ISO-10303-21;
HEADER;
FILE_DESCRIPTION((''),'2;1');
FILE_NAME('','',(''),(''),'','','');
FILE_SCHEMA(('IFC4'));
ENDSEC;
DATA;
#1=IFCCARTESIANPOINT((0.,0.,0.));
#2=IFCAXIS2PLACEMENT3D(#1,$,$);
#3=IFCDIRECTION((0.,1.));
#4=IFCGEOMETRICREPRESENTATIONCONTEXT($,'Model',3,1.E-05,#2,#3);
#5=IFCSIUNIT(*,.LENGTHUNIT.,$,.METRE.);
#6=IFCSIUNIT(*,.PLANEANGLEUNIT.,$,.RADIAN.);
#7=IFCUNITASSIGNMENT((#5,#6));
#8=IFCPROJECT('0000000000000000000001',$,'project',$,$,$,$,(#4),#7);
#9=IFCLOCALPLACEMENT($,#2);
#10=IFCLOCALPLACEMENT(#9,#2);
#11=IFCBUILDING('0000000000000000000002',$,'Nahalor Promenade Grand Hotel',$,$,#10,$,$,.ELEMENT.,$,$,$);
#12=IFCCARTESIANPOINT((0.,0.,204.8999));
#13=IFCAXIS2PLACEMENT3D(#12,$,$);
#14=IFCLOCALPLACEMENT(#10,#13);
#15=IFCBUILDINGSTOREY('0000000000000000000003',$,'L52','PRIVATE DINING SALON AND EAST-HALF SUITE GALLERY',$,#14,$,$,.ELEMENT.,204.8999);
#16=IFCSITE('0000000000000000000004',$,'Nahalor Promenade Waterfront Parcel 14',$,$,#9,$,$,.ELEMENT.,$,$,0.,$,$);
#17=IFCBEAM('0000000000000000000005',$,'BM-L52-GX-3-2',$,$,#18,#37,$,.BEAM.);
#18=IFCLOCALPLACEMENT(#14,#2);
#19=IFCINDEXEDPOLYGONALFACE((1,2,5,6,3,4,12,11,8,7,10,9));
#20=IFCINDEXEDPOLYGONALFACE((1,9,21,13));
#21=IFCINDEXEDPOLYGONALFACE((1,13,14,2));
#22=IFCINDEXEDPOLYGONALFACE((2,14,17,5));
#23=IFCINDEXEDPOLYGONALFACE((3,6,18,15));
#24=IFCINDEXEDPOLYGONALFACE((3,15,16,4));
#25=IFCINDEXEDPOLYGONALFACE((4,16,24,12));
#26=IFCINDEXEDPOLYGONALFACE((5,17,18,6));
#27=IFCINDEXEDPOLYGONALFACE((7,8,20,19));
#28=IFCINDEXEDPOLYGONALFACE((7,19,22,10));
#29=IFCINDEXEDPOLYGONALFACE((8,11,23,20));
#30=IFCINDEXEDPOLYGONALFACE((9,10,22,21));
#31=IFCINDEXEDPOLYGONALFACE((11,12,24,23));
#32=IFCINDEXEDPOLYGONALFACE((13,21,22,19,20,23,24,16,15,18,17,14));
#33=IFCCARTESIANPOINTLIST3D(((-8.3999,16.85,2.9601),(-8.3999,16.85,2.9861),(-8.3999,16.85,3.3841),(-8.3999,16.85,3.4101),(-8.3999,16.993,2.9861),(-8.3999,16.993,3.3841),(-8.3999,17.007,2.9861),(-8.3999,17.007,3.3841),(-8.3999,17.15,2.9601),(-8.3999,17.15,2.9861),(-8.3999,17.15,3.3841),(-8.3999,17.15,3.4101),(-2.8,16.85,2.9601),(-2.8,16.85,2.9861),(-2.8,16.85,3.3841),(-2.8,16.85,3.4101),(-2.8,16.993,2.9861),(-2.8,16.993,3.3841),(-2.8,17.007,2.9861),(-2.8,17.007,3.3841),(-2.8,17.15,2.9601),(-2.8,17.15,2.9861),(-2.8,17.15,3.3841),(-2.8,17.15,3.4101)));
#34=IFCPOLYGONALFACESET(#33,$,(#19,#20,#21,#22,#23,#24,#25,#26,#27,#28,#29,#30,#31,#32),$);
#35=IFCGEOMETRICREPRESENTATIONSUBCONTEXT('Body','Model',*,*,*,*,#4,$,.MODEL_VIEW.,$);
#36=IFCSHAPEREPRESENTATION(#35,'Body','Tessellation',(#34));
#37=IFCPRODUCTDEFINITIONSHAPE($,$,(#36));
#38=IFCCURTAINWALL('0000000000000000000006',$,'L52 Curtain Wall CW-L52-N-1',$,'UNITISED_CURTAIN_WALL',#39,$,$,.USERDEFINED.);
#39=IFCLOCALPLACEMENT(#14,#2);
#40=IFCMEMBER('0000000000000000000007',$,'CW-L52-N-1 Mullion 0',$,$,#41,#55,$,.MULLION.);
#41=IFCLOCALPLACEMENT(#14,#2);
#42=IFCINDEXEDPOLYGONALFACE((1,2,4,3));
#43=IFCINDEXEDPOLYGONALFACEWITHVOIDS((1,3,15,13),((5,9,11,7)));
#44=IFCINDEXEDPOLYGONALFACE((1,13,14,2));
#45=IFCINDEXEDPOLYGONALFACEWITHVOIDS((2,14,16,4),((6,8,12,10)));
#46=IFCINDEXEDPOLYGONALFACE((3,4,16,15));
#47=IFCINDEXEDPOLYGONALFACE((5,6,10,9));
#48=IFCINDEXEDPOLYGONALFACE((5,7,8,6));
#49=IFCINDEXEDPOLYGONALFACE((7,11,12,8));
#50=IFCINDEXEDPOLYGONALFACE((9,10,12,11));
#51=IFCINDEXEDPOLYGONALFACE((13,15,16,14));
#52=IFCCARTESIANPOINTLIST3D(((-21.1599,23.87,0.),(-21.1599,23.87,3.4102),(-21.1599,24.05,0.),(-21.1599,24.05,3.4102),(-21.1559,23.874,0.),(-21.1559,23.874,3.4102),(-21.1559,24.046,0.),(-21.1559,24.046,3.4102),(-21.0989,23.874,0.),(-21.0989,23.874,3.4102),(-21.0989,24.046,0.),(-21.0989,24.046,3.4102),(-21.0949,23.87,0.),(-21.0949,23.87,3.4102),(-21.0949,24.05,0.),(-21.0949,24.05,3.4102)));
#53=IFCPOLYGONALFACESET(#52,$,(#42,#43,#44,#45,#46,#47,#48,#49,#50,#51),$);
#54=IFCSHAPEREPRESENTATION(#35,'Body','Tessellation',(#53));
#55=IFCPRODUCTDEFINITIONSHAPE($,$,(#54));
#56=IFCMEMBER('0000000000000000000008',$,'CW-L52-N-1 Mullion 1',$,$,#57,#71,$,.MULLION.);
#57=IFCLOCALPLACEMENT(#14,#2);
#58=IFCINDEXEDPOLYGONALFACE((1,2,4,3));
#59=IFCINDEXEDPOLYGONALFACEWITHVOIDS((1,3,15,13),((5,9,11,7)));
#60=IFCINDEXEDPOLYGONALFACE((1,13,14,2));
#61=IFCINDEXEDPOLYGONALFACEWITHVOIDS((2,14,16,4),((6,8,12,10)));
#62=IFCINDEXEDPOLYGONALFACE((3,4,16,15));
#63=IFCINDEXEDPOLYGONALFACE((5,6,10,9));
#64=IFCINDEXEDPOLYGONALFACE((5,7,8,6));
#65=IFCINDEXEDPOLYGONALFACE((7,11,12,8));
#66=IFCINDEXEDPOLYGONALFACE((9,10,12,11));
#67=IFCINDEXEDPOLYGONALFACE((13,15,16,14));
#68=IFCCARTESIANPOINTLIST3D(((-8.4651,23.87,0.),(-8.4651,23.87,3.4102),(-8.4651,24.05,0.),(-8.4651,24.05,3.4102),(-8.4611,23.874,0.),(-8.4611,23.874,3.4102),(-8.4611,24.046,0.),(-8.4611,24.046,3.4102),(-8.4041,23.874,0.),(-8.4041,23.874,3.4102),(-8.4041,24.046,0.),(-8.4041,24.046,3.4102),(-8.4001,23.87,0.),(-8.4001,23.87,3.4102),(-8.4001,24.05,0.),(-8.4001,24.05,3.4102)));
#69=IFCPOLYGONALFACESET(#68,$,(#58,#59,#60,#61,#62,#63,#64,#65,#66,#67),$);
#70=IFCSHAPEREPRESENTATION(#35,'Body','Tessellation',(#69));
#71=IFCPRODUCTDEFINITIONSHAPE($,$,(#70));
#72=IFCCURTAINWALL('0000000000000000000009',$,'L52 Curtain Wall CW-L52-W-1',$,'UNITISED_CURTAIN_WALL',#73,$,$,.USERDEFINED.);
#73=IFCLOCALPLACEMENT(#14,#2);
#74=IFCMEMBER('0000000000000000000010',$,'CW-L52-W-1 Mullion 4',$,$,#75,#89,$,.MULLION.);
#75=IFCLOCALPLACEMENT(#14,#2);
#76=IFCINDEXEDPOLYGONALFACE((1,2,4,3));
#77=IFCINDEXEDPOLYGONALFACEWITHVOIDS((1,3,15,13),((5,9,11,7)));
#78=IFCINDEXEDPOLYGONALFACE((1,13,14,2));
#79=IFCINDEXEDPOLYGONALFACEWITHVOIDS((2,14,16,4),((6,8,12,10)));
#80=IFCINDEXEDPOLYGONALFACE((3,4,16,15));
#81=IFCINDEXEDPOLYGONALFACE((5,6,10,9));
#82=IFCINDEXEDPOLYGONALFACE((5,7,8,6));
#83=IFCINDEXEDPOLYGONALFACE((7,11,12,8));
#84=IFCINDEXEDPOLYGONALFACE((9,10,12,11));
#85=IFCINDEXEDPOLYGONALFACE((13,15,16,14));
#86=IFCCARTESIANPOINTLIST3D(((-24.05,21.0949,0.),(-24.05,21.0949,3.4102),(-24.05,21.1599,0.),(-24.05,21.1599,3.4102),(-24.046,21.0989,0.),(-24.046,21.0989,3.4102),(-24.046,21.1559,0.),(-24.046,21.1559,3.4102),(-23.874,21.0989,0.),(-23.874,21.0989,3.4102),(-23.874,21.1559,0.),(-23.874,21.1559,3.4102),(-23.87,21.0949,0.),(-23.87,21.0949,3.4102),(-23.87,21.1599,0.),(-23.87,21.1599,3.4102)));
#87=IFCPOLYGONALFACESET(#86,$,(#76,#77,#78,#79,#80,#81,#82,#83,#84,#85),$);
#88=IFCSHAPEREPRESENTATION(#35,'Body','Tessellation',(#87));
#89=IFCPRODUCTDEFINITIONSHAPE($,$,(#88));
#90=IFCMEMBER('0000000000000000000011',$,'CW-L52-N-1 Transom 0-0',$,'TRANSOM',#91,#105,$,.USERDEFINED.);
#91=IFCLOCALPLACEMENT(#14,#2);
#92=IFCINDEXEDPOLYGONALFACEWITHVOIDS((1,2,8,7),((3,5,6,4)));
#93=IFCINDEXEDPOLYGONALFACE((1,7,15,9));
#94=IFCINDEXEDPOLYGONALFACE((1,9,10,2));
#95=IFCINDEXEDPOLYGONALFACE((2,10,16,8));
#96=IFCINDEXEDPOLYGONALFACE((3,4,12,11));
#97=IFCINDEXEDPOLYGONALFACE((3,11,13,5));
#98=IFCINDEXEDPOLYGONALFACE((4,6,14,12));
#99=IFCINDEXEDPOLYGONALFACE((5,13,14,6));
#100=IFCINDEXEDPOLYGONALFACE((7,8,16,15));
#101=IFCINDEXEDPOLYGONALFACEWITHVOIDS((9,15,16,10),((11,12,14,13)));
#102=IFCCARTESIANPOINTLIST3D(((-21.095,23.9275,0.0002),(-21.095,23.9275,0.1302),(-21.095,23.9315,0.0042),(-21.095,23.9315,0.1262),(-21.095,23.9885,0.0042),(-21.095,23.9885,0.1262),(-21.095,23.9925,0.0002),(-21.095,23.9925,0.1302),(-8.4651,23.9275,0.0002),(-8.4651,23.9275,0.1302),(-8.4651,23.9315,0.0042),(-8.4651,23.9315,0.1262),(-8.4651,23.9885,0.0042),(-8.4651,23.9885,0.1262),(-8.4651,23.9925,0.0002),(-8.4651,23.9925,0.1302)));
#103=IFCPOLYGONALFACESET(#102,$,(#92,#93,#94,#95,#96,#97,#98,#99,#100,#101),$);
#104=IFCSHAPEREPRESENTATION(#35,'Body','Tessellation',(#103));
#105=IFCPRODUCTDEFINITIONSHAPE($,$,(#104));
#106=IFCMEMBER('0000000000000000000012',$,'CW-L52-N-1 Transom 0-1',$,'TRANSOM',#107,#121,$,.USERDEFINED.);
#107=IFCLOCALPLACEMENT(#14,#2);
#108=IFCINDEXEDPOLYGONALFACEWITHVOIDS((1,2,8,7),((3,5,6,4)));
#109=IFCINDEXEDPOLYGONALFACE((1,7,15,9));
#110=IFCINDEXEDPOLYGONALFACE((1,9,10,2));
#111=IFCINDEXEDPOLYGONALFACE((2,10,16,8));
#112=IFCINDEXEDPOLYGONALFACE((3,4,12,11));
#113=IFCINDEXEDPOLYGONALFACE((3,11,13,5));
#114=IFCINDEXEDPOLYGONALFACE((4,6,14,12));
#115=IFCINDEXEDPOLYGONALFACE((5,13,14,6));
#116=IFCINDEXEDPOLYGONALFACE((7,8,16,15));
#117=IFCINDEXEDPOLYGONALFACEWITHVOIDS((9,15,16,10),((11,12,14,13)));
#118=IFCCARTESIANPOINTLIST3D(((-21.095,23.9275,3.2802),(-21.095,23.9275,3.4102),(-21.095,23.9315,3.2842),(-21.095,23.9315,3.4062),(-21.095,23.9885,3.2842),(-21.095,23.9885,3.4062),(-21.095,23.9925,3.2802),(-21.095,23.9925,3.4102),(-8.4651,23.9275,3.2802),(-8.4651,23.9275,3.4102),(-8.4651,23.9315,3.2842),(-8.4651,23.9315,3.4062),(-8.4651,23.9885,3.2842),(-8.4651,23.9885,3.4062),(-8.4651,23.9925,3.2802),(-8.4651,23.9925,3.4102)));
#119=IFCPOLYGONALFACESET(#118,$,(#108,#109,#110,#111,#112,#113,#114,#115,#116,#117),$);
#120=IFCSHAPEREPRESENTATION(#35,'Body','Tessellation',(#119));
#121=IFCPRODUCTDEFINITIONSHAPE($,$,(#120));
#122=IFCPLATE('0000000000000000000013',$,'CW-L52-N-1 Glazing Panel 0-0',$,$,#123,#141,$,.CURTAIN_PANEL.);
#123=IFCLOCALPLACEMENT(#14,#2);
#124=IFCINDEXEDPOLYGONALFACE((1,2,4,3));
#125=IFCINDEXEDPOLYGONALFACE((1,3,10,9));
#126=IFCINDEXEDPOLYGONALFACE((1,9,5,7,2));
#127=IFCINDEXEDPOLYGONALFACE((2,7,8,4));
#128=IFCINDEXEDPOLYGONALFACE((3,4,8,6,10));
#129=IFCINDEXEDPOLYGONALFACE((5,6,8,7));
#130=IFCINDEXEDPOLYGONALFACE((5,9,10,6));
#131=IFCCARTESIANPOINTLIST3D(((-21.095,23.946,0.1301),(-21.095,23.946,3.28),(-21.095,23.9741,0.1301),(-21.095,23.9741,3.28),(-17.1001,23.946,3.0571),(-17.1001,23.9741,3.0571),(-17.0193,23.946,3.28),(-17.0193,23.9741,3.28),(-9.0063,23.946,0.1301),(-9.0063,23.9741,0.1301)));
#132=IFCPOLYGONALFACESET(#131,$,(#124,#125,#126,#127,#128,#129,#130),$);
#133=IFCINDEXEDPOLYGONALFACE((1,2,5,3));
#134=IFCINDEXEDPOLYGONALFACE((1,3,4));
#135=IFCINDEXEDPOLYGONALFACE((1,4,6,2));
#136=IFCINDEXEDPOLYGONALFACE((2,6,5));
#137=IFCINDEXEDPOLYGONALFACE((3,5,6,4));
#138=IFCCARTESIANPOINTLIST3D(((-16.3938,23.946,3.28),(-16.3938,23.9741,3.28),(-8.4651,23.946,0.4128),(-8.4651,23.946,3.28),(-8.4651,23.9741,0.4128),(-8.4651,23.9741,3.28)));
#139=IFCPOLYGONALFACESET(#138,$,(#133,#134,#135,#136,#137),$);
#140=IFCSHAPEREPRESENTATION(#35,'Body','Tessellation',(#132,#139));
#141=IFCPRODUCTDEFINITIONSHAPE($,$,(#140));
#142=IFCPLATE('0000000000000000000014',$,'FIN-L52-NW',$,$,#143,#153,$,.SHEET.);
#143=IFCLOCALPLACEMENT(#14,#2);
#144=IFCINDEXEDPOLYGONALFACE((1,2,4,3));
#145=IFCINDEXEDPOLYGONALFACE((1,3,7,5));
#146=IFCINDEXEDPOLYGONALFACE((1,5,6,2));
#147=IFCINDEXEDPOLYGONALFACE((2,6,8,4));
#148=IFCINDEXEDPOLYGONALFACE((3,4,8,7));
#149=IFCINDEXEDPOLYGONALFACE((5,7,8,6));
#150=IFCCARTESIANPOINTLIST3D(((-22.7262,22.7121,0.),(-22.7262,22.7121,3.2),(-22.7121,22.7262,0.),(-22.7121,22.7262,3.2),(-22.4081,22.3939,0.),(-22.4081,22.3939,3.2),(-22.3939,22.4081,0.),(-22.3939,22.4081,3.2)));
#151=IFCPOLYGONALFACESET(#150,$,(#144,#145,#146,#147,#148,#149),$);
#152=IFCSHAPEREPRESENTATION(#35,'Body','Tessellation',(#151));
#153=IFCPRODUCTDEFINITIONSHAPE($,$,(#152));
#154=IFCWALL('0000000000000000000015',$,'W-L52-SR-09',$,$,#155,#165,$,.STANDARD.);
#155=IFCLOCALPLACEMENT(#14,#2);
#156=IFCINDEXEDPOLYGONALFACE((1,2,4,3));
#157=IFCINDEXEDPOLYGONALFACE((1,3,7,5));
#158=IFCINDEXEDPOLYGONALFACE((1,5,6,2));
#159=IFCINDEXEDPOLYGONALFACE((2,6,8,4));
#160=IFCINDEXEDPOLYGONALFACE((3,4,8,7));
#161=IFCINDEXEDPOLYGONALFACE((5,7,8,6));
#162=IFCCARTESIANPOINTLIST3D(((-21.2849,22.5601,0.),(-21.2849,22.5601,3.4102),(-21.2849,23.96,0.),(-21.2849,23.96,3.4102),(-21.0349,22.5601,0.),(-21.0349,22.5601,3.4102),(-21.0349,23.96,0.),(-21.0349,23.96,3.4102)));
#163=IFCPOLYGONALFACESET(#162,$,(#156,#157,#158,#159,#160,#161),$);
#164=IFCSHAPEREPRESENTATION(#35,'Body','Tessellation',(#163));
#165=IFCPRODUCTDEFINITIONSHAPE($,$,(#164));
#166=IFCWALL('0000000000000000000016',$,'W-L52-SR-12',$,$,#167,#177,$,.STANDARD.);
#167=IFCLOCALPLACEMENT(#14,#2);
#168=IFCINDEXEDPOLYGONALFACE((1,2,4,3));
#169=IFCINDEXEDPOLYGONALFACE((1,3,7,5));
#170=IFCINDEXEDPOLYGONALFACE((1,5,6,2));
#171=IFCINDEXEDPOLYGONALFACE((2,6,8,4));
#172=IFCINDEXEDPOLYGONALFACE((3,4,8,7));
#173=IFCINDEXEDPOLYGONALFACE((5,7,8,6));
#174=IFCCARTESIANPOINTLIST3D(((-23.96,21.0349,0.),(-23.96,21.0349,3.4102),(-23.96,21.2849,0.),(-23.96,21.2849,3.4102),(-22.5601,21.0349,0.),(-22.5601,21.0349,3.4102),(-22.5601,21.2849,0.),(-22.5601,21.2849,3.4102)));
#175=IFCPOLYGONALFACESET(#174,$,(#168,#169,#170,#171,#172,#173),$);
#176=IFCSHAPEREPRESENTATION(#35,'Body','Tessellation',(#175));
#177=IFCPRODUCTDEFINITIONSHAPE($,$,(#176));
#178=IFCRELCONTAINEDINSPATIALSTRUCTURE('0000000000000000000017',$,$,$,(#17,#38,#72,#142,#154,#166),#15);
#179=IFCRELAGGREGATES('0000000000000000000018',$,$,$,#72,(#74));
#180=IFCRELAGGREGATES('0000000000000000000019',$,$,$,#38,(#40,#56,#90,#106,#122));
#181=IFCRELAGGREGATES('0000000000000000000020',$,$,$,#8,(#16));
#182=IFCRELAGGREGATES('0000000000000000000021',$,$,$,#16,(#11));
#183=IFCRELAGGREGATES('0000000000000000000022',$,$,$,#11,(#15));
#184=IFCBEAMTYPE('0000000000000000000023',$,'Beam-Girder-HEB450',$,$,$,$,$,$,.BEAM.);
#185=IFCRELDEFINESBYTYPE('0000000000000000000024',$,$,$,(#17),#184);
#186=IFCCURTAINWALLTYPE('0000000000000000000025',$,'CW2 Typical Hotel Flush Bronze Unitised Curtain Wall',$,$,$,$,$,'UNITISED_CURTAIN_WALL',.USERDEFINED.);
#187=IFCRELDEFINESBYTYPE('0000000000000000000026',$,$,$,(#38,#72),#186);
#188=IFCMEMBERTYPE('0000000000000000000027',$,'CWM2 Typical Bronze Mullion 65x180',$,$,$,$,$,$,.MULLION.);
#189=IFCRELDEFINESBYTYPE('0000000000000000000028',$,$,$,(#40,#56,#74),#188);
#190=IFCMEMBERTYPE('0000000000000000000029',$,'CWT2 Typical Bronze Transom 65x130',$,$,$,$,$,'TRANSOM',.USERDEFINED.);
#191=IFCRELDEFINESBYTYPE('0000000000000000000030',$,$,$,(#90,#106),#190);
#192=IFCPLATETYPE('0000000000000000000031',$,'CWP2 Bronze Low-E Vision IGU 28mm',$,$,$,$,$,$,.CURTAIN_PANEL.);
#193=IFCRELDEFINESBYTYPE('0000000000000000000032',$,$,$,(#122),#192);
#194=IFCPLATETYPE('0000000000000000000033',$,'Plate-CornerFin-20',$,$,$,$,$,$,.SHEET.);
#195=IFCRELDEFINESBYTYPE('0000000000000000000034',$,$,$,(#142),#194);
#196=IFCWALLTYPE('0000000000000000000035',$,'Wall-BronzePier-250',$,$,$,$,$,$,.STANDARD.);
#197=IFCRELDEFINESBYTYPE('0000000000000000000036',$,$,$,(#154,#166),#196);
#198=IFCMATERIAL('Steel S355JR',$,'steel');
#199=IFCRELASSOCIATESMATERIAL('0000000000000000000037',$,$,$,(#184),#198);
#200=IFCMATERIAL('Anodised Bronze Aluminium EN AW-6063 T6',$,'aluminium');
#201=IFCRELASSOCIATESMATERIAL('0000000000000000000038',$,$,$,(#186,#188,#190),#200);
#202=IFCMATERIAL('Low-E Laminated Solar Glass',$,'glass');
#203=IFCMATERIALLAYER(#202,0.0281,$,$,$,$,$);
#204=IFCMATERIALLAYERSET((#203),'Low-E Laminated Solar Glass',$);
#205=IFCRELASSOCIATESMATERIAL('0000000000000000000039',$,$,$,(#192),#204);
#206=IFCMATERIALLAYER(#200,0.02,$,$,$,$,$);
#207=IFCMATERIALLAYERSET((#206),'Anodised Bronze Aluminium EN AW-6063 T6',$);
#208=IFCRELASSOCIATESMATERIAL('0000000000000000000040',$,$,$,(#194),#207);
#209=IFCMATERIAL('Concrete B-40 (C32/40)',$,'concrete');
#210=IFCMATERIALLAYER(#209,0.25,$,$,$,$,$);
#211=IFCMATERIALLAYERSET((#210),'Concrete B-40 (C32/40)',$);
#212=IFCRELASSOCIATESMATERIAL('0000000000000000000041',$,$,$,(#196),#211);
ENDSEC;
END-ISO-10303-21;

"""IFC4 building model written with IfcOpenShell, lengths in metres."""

from ifc_helpers import new_model, si_unit, direction, frame, frame_2d, origin, origin_2d, place, context, subcontext, project, spatial, polyline, rectangle, hollow_rectangle, i_section, outline, extrude, source, transform, mapped, material, layer, layer_set, material_profile, profile_set, type_object, element, aggregate, save


model = new_model("IFC4")

# Units and contexts
model_context = context("Model", 3, precision=1e-05, world=origin(), true_north=direction((0.0, 1.0)))
body_context = subcontext(model_context, "Body", "Model", "MODEL_VIEW")
ifc_project = project(units=[si_unit("LENGTHUNIT", "METRE"), si_unit("PLANEANGLEUNIT", "RADIAN")], contexts=[model_context])

# Site, building, storey
site_placement = place(None, origin())
site = spatial("IfcSite", under=ifc_project, at=site_placement, Name="Nahalor Promenade Waterfront Parcel 14", CompositionType="ELEMENT", RefElevation=0.0)
building_placement = place(site_placement, origin())
building = spatial("IfcBuilding", under=site, at=building_placement, Name="Nahalor Promenade Grand Hotel", CompositionType="ELEMENT")
storey_placement = place(building_placement, frame((0.0, 0.0, 204.8999)))
storey = spatial("IfcBuildingStorey", under=building, at=storey_placement, Name="L52", Description="PRIVATE DINING SALON AND EAST-HALF SUITE GALLERY", CompositionType="ELEMENT", Elevation=204.8999)

# Shared definitions
ifc_material_1 = material(Name="Steel S355JR", Category="steel")

# Beam
ifc_material_profile_1 = material_profile(ifc_material_1, i_section(OverallWidth=0.3, OverallDepth=0.45, WebThickness=0.014, FlangeThickness=0.026, at=origin_2d()), Name="HEB 450")
ifc_profile_set_1 = profile_set([ifc_material_profile_1], Name="Steel S355JR")
beam_type_1 = type_object("IfcBeamType", Name="Beam-Girder-HEB450", PredefinedType="BEAM", material=ifc_profile_set_1)
shared_shape_1 = source(origin(), body_context, "Body", "SweptSolid", [
    extrude(i_section(OverallWidth=0.3, OverallDepth=0.45, WebThickness=0.014, FlangeThickness=0.026, at=origin_2d()), origin(), (0.0, 0.0, 1.0), 5.5999),
])
beam_1_placement = place(storey_placement, frame((-8.3999, 17.0, 3.1851), z_axis=(1.0, 0.0, 0.0), x_axis=(0.0, 1.0, 0.0)))
element("IfcBeam", 1, at=beam_1_placement, inside=storey, type_object=beam_type_1, Name="BM-L52-GX-3-2", PredefinedType="BEAM", context=body_context, shape_type="MappedRepresentation", body=[
    mapped(shared_shape_1, transform((0.0, 0.0, 0.0), scale=1.0)),
])

# Curtain wall, members
ifc_material_2 = material(Name="Anodised Bronze Aluminium EN AW-6063 T6", Category="aluminium")
curtain_wall_type = type_object("IfcCurtainWallType", Name="CW2 Typical Hotel Flush Bronze Unitised Curtain Wall", ElementType="UNITISED_CURTAIN_WALL", PredefinedType="USERDEFINED", material=ifc_material_2)
curtain_wall_1_placement = place(storey_placement, origin())
curtain_wall_1 = element("IfcCurtainWall", 2, at=curtain_wall_1_placement, inside=storey, type_object=curtain_wall_type, Name="L52 Curtain Wall CW-L52-N-1", ObjectType="UNITISED_CURTAIN_WALL", PredefinedType="USERDEFINED")
ifc_material_profile_2 = material_profile(ifc_material_2, hollow_rectangle(XDim=0.065, YDim=0.18, WallThickness=0.004, at=origin_2d()), Name="CWM 65x180x4")
ifc_profile_set_2 = profile_set([ifc_material_profile_2], Name="Anodised Bronze Aluminium EN AW-6063 T6")
member_type_1 = type_object("IfcMemberType", Name="CWM2 Typical Bronze Mullion 65x180", PredefinedType="MULLION", material=ifc_profile_set_2)
shared_shape_2 = source(origin(), body_context, "Body", "SweptSolid", [
    extrude(hollow_rectangle(XDim=0.065, YDim=0.18, WallThickness=0.004, at=origin_2d()), origin(), (0.0, 0.0, 1.0), 3.4102),
])
member_1_placement = place(storey_placement, frame((-21.1274, 23.96, 0.0), z_axis=(0.0, 0.0, 1.0), x_axis=(1.0, 0.0, 0.0)))
member_1 = element("IfcMember", 3, at=member_1_placement, type_object=member_type_1, Name="CW-L52-N-1 Mullion 0", PredefinedType="MULLION", context=body_context, shape_type="MappedRepresentation", body=[
    mapped(shared_shape_2, transform((0.0, 0.0, 0.0), scale=1.0)),
])
member_2_placement = place(storey_placement, frame((-8.4326, 23.96, 0.0), z_axis=(0.0, 0.0, 1.0), x_axis=(1.0, 0.0, 0.0)))
member_2 = element("IfcMember", 4, at=member_2_placement, type_object=member_type_1, Name="CW-L52-N-1 Mullion 1", PredefinedType="MULLION", context=body_context, shape_type="MappedRepresentation", body=[
    mapped(shared_shape_2, transform((0.0, 0.0, 0.0), scale=1.0)),
])

# Curtain wall, member
curtain_wall_2_placement = place(storey_placement, origin())
curtain_wall_2 = element("IfcCurtainWall", 5, at=curtain_wall_2_placement, inside=storey, type_object=curtain_wall_type, Name="L52 Curtain Wall CW-L52-W-1", ObjectType="UNITISED_CURTAIN_WALL", PredefinedType="USERDEFINED")
member_3_placement = place(storey_placement, frame((-23.96, 21.1274, 0.0), z_axis=(0.0, 0.0, 1.0), x_axis=(0.0, 1.0, 0.0)))
member_3 = element("IfcMember", 6, at=member_3_placement, type_object=member_type_1, Name="CW-L52-W-1 Mullion 4", PredefinedType="MULLION", context=body_context, shape_type="MappedRepresentation", body=[
    mapped(shared_shape_2, transform((0.0, 0.0, 0.0), scale=1.0)),
])
aggregate(curtain_wall_2, [member_3])

# Members
ifc_material_profile_3 = material_profile(ifc_material_2, hollow_rectangle(XDim=0.065, YDim=0.13, WallThickness=0.004, at=origin_2d()), Name="CWT 65x130x4")
ifc_profile_set_3 = profile_set([ifc_material_profile_3], Name="Anodised Bronze Aluminium EN AW-6063 T6")
member_type_2 = type_object("IfcMemberType", Name="CWT2 Typical Bronze Transom 65x130", ElementType="TRANSOM", PredefinedType="USERDEFINED", material=ifc_profile_set_3)
shared_shape_3 = source(origin(), body_context, "Body", "SweptSolid", [
    extrude(hollow_rectangle(XDim=0.065, YDim=0.13, WallThickness=0.004, at=origin_2d()), origin(), (0.0, 0.0, 1.0), 12.6299),
])
member_4_placement = place(storey_placement, frame((-21.095, 23.96, 0.0652), z_axis=(1.0, 0.0, 0.0), x_axis=(0.0, 1.0, 0.0)))
member_4 = element("IfcMember", 7, at=member_4_placement, type_object=member_type_2, Name="CW-L52-N-1 Transom 0-0", ObjectType="TRANSOM", PredefinedType="USERDEFINED", context=body_context, shape_type="MappedRepresentation", body=[
    mapped(shared_shape_3, transform((0.0, 0.0, 0.0), scale=1.0)),
])
member_5_placement = place(storey_placement, frame((-21.095, 23.96, 3.3452), z_axis=(1.0, 0.0, 0.0), x_axis=(0.0, 1.0, 0.0)))
member_5 = element("IfcMember", 8, at=member_5_placement, type_object=member_type_2, Name="CW-L52-N-1 Transom 0-1", ObjectType="TRANSOM", PredefinedType="USERDEFINED", context=body_context, shape_type="MappedRepresentation", body=[
    mapped(shared_shape_3, transform((0.0, 0.0, 0.0), scale=1.0)),
])

# Plates
ifc_material_3 = material(Name="Low-E Laminated Solar Glass", Category="glass")
ifc_layer_1 = layer(ifc_material_3, 0.0281)
ifc_layer_set_1 = layer_set([ifc_layer_1], Name="Low-E Laminated Solar Glass")
plate_type_1 = type_object("IfcPlateType", Name="CWP2 Bronze Low-E Vision IGU 28mm", PredefinedType="CURTAIN_PANEL", material=ifc_layer_set_1)
plate_1_placement = place(storey_placement, frame((-14.78, 23.96, 0.1301), z_axis=(0.0, 0.0, 1.0), x_axis=(1.0, 0.0, 0.0)))
plate_1 = element("IfcPlate", 9, at=plate_1_placement, type_object=plate_type_1, Name="CW-L52-N-1 Glazing Panel 0-0", PredefinedType="CURTAIN_PANEL", context=body_context, shape_type="SweptSolid", body=[
    extrude(outline(polyline([(-6.3149, 3.1499), (-6.3149, 0.0), (5.7737, 0.0), (-2.3201, 2.927), (-2.2393, 3.1499), (-6.3149, 3.1499)])), frame((0.0, 0.0142, 0.0), z_axis=(0.0, -1.0, 0.0), x_axis=(1.0, 0.0, 0.0)), (0.0, 0.0, 1.0), 0.0281),
    extrude(outline(polyline([(6.3149, 0.2827), (6.3149, 3.1499), (-1.6138, 3.1499), (6.3149, 0.2827)])), frame((0.0, 0.0142, 0.0), z_axis=(0.0, -1.0, 0.0), x_axis=(1.0, 0.0, 0.0)), (0.0, 0.0, 1.0), 0.0281),
])
aggregate(curtain_wall_1, [member_1, member_2, member_4, member_5, plate_1])
ifc_layer_2 = layer(ifc_material_2, 0.02)
ifc_layer_set_2 = layer_set([ifc_layer_2], Name="Anodised Bronze Aluminium EN AW-6063 T6")
plate_type_2 = type_object("IfcPlateType", Name="Plate-CornerFin-20", PredefinedType="SHEET", material=ifc_layer_set_2)
shared_shape_4 = source(origin(), body_context, "Body", "SweptSolid", [
    extrude(rectangle(XDim=0.45, YDim=0.02, at=origin_2d()), origin(), (0.0, 0.0, 1.0), 3.2),
])
plate_2_placement = place(storey_placement, frame((-22.5601, 22.5601, 0.0), z_axis=(0.0, 0.0, 1.0), x_axis=(-0.707107, 0.707107, 0.0)))
element("IfcPlate", 10, at=plate_2_placement, inside=storey, type_object=plate_type_2, Name="FIN-L52-NW", PredefinedType="SHEET", context=body_context, shape_type="MappedRepresentation", body=[
    mapped(shared_shape_4, transform((0.0, 0.0, 0.0), scale=1.0)),
])

# Walls
ifc_material_4 = material(Name="Concrete B-40 (C32/40)", Category="concrete")
ifc_layer_3 = layer(ifc_material_4, 0.25)
ifc_layer_set_3 = layer_set([ifc_layer_3], Name="Concrete B-40 (C32/40)")
wall_type_1 = type_object("IfcWallType", Name="Wall-BronzePier-250", PredefinedType="STANDARD", material=ifc_layer_set_3)
shared_shape_5 = source(origin(), body_context, "Body", "SweptSolid", [
    extrude(rectangle(XDim=1.3999, YDim=0.25, at=frame_2d((0.7, 0.0))), origin(), (0.0, 0.0, 1.0), 3.4102),
])
for number, where, z_axis, x_axis, name in (
    (11, (-21.1599, 22.5601, 0.0), (0.0, 0.0, 1.0), (0.0, 1.0, 0.0), "W-L52-SR-09"),
    (12, (-23.96, 21.1599, 0.0), (0.0, 0.0, 1.0), (1.0, 0.0, 0.0), "W-L52-SR-12"),
):
    element("IfcWall", number, at=place(storey_placement, frame(where, z_axis=z_axis, x_axis=x_axis)), inside=storey, type_object=wall_type_1, Name=name, PredefinedType="STANDARD", context=body_context, shape_type="MappedRepresentation", body=[
        mapped(shared_shape_5, transform((0.0, 0.0, 0.0), scale=1.0)),
    ])

save(model, "model.ifc")
